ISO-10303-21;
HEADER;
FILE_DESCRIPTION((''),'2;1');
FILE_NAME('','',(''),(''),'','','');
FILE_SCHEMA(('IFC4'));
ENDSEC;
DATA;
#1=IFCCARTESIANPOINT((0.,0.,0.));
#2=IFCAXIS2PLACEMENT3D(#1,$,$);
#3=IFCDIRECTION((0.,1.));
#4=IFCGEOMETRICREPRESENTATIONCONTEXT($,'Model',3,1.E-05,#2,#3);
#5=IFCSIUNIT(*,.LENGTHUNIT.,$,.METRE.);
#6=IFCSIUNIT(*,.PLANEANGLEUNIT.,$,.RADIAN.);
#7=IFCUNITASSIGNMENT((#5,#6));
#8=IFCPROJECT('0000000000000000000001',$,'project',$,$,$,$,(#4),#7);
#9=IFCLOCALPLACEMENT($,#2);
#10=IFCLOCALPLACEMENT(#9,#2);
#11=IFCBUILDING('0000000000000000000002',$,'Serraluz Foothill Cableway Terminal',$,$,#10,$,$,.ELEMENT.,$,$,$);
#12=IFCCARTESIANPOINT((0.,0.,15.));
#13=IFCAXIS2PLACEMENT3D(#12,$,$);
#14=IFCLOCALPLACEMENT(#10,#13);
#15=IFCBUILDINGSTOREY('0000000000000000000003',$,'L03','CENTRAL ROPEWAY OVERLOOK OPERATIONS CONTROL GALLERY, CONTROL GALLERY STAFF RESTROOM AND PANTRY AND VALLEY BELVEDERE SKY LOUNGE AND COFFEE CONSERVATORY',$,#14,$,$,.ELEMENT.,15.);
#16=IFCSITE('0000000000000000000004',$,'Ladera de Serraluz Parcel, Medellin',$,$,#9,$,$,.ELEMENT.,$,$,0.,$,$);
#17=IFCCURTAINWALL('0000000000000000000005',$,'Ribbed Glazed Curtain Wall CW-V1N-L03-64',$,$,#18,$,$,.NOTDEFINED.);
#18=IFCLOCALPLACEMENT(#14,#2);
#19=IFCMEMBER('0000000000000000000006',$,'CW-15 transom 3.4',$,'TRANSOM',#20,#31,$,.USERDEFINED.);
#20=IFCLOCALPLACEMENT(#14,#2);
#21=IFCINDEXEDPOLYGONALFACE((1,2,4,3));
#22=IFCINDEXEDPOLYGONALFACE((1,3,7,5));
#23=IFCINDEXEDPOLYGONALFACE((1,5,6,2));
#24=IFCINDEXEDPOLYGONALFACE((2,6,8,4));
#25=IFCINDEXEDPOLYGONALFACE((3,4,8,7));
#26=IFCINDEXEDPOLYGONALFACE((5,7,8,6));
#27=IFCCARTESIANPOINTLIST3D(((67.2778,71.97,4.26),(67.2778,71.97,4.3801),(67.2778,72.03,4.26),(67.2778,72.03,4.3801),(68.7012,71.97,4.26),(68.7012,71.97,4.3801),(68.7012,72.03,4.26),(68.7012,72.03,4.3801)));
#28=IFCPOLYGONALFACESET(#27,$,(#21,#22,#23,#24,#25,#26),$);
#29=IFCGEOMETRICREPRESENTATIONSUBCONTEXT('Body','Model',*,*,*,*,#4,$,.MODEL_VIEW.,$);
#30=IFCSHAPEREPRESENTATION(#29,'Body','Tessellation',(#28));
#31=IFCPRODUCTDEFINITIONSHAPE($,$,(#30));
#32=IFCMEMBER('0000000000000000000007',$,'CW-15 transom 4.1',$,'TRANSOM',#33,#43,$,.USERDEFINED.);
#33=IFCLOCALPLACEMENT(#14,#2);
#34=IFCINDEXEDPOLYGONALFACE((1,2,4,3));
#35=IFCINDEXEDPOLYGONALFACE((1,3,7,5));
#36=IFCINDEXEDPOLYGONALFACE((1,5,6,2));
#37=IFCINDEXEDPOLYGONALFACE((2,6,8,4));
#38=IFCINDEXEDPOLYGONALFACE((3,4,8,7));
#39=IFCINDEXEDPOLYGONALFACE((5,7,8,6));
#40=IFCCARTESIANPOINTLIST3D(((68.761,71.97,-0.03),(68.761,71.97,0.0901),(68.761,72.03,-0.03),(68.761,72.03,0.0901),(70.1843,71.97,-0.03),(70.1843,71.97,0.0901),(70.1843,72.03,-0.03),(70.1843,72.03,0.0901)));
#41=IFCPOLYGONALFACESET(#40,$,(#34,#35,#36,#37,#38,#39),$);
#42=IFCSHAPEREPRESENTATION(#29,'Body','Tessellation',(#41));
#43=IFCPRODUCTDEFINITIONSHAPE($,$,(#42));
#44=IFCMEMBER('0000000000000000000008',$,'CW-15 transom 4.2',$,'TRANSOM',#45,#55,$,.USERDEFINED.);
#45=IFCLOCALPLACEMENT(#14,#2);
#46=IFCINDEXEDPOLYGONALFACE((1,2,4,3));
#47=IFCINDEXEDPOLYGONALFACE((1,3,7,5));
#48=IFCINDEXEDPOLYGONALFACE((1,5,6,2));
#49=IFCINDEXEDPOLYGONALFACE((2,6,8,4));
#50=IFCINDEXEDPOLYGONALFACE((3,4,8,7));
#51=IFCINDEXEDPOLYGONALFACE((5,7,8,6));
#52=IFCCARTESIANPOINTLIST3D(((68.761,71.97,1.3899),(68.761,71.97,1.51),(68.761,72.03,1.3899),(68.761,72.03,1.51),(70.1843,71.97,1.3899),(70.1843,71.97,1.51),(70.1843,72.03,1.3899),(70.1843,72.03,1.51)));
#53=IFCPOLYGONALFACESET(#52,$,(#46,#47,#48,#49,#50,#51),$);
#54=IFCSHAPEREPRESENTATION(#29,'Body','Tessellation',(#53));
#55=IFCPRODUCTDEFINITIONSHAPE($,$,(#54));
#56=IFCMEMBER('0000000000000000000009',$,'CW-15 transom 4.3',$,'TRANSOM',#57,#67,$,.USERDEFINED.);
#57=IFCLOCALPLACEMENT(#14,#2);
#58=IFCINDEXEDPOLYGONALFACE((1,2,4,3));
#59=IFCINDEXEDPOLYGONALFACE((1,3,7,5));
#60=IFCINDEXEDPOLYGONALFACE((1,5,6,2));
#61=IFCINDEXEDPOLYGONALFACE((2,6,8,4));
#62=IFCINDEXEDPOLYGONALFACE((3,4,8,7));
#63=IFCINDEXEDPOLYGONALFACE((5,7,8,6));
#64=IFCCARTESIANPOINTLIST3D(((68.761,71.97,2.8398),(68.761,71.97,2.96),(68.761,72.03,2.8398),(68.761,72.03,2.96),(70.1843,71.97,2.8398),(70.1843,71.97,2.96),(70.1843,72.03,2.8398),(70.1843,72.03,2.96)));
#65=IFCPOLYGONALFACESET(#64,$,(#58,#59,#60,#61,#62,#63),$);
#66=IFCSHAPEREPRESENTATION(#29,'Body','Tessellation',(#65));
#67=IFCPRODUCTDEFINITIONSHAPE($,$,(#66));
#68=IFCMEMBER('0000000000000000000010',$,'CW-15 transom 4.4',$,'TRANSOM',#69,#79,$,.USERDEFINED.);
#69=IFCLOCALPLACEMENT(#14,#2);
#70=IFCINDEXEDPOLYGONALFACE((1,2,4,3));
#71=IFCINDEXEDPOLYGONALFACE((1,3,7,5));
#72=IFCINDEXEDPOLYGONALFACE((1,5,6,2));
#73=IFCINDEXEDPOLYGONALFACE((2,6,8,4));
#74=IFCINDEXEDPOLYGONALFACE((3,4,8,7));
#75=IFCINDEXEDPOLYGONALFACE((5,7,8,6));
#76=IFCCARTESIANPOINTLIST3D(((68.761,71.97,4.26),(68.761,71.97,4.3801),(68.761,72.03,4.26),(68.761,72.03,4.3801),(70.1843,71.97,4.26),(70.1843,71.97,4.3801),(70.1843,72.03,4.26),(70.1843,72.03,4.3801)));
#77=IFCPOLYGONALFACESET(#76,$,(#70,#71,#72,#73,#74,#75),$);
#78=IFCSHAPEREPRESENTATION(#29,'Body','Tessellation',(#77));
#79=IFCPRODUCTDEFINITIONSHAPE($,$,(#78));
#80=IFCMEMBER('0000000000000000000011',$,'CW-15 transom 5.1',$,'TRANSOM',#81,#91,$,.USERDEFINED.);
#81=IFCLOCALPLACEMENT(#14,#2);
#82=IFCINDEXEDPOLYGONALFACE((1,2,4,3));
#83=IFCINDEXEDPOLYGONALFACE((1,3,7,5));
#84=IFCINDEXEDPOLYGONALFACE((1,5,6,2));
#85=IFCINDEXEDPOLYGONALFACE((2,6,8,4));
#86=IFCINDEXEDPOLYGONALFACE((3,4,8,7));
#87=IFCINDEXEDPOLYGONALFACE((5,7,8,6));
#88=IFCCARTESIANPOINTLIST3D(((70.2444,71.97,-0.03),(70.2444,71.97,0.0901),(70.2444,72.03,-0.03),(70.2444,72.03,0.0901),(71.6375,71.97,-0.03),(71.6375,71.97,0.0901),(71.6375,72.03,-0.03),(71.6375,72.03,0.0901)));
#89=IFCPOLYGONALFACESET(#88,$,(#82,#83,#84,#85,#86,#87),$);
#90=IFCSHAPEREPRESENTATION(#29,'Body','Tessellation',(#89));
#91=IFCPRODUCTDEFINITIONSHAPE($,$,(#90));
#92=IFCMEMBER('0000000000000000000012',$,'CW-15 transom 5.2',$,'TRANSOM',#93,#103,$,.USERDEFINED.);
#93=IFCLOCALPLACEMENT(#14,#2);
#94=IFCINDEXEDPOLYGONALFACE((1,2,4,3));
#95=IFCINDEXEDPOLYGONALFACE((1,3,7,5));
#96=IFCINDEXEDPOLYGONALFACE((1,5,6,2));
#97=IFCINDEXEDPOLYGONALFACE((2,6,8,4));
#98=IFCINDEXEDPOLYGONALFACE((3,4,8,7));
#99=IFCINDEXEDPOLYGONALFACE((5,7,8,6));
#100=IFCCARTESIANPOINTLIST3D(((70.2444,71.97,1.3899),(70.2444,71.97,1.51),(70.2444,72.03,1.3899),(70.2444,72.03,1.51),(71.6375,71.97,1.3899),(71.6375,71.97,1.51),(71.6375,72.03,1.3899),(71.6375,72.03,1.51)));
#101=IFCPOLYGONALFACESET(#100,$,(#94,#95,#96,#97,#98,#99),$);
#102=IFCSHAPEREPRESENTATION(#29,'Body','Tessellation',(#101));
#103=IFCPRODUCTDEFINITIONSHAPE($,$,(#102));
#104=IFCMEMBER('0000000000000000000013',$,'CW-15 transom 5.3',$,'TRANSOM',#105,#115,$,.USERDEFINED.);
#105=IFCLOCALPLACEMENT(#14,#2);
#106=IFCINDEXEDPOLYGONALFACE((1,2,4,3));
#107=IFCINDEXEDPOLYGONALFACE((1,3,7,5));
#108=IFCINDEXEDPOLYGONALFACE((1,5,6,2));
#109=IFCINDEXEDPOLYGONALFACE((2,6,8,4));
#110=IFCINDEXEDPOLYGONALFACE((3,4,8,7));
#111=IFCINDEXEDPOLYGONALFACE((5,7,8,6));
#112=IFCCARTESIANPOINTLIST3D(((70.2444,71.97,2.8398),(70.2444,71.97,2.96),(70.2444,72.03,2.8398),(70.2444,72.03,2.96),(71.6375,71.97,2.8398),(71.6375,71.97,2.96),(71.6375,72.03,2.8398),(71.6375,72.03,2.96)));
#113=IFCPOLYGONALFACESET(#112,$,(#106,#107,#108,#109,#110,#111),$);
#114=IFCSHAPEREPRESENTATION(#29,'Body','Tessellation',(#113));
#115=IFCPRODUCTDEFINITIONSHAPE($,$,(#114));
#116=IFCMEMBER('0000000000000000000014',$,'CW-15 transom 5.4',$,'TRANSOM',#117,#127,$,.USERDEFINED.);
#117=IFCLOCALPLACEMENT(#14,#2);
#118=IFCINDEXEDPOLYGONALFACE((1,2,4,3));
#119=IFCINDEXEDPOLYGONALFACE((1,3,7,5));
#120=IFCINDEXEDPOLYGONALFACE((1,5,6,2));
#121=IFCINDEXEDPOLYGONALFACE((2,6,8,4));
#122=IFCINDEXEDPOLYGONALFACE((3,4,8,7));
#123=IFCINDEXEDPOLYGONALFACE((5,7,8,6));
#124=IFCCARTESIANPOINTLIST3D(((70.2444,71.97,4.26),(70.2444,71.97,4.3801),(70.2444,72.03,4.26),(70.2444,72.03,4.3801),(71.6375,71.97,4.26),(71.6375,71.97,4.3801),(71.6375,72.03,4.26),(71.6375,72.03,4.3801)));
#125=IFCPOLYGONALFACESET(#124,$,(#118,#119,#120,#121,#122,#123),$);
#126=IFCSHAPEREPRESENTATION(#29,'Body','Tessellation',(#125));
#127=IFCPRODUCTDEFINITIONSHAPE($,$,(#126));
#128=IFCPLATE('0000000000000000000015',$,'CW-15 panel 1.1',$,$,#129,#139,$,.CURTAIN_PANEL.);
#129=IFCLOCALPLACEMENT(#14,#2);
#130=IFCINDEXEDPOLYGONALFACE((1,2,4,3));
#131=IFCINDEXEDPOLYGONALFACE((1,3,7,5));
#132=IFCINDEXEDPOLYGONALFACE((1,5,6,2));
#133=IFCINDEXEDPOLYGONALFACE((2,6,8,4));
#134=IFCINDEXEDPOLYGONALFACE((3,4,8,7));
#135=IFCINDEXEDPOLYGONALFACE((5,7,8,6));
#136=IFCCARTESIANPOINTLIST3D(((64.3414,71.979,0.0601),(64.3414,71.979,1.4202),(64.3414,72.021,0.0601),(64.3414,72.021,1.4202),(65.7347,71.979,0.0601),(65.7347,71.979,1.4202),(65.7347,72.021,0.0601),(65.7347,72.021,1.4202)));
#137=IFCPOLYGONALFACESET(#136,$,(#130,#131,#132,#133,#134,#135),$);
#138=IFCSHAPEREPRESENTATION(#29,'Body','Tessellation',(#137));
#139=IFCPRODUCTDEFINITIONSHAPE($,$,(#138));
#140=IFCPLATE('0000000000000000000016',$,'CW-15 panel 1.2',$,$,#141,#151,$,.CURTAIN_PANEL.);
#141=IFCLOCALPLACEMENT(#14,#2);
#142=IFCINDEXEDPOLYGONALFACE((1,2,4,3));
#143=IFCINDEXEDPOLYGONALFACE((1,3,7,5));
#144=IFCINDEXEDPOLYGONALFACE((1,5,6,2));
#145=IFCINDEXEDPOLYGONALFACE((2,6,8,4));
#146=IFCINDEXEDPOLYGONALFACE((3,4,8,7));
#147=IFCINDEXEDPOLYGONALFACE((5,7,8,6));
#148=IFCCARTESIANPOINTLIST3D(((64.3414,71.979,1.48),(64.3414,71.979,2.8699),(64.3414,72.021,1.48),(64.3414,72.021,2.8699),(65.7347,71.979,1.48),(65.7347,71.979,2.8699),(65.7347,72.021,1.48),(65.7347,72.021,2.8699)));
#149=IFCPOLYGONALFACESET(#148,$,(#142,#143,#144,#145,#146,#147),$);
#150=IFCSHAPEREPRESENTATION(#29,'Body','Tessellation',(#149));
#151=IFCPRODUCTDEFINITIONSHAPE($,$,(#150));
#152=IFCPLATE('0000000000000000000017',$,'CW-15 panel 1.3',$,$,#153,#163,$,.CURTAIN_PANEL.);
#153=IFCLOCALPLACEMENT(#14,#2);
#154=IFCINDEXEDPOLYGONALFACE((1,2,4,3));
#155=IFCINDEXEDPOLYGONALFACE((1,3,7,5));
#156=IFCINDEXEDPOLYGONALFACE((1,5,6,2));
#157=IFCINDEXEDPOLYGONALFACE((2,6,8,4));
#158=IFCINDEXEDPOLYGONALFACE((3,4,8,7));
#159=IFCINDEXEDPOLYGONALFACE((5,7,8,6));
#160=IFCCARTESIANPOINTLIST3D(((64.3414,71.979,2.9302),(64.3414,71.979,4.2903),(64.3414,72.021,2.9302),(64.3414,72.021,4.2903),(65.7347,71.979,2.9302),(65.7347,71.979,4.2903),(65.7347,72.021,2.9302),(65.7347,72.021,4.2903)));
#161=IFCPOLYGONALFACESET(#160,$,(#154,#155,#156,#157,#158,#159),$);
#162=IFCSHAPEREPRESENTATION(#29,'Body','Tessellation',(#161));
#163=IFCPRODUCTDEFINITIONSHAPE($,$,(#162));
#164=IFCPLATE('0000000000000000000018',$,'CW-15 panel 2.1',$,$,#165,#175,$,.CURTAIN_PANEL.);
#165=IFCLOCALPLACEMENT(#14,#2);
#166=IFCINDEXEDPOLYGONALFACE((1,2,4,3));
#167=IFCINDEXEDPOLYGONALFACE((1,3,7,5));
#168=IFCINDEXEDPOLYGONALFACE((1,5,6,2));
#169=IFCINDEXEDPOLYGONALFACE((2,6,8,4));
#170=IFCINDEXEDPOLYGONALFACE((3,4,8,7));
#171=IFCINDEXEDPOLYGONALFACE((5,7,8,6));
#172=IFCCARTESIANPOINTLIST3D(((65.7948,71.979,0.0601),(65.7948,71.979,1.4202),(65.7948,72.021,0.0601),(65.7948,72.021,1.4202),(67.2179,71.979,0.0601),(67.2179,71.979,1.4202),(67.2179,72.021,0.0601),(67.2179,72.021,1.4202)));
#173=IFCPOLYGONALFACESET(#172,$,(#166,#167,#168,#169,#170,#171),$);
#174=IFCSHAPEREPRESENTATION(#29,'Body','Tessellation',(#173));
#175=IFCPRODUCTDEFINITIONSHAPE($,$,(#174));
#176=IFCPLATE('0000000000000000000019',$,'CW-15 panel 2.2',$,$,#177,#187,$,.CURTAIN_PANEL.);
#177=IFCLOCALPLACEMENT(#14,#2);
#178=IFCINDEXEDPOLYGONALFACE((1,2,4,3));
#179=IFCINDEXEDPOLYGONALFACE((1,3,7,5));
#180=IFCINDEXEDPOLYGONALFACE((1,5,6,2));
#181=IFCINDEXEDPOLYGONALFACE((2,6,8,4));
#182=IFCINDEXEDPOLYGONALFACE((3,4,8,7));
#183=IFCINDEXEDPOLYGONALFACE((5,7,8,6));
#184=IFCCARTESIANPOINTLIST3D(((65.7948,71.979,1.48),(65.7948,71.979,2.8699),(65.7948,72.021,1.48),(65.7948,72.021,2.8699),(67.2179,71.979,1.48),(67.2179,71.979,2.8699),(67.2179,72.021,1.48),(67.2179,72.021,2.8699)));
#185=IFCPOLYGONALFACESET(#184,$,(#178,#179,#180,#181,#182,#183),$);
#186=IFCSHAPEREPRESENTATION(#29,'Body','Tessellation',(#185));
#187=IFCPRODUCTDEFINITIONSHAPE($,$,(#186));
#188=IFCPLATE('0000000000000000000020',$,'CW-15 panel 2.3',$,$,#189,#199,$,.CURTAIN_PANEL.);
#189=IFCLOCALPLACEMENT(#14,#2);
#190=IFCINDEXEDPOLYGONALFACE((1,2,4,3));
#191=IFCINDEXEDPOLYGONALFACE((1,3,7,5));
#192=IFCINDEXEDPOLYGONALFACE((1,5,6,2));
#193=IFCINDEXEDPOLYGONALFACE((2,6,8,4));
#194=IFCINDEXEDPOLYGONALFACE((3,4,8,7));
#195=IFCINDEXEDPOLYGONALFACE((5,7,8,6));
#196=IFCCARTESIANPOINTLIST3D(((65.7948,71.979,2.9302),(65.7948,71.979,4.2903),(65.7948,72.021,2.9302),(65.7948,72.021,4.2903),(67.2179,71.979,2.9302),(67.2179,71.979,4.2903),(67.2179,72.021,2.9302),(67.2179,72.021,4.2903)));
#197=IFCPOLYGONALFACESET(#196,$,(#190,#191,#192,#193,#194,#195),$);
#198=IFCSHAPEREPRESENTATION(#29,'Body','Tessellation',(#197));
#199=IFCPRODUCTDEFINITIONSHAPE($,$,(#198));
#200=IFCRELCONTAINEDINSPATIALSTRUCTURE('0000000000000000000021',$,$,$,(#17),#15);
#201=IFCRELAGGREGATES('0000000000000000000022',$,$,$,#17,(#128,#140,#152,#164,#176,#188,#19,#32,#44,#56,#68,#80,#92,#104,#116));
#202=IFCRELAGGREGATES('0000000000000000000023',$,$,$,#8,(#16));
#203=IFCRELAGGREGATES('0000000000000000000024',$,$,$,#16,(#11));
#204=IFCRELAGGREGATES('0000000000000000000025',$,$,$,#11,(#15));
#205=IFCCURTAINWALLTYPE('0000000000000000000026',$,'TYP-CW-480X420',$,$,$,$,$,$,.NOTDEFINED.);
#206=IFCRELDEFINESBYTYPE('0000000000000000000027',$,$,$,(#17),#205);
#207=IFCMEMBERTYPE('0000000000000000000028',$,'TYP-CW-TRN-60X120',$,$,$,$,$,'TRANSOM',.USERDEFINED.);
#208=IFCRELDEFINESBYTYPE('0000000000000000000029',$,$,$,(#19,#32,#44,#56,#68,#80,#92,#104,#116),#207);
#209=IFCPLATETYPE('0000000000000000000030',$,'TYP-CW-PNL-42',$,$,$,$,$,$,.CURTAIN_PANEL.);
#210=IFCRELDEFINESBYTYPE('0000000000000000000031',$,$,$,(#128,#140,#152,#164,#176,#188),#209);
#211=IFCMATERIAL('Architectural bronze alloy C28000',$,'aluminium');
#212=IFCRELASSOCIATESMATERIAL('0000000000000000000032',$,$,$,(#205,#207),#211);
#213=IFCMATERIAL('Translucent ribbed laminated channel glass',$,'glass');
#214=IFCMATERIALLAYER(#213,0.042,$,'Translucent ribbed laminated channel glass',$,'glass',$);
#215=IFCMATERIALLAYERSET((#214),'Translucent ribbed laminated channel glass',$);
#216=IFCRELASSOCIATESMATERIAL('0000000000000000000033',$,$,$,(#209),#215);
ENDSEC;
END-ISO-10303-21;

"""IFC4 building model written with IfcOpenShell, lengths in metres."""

from ifc_helpers import new_model, si_unit, direction, frame, origin, origin_2d, place, context, subcontext, project, spatial, rectangle, extrude, material, layer, layer_set, material_profile, profile_set, type_object, element, aggregate, save


model = new_model("IFC4")

# Units and contexts
model_context = context("Model", 3, precision=1e-05, world=origin(), true_north=direction((0.0, 1.0)))
body_context = subcontext(model_context, "Body", "Model", "MODEL_VIEW")
ifc_project = project(units=[si_unit("LENGTHUNIT", "METRE"), si_unit("PLANEANGLEUNIT", "RADIAN")], contexts=[model_context])

# Site, building, storey
site_placement = place(None, origin())
site = spatial("IfcSite", under=ifc_project, at=site_placement, Name="Ladera de Serraluz Parcel, Medellin", CompositionType="ELEMENT", RefElevation=0.0)
building_placement = place(site_placement, origin())
building = spatial("IfcBuilding", under=site, at=building_placement, Name="Serraluz Foothill Cableway Terminal", CompositionType="ELEMENT")
storey_placement = place(building_placement, frame((0.0, 0.0, 15.0)))
storey = spatial("IfcBuildingStorey", under=building, at=storey_placement, Name="L03", Description="CENTRAL ROPEWAY OVERLOOK OPERATIONS CONTROL GALLERY, CONTROL GALLERY STAFF RESTROOM AND PANTRY AND VALLEY BELVEDERE SKY LOUNGE AND COFFEE CONSERVATORY", CompositionType="ELEMENT", Elevation=15.0)

# Curtain wall, members, plates
ifc_material_1 = material(Name="Architectural bronze alloy C28000", Category="aluminium")
curtain_wall_type = type_object("IfcCurtainWallType", Name="TYP-CW-480X420", PredefinedType="NOTDEFINED", material=ifc_material_1)
curtain_wall_placement = place(storey_placement, origin())
curtain_wall = element("IfcCurtainWall", 1, at=curtain_wall_placement, inside=storey, type_object=curtain_wall_type, Name="Ribbed Glazed Curtain Wall CW-V1N-L03-64", PredefinedType="NOTDEFINED")
ifc_material_profile_1 = material_profile(ifc_material_1, rectangle(XDim=0.0601, YDim=0.1201, at=origin_2d()), Name="ALU TRANSOM 60x120")
ifc_profile_set_1 = profile_set([ifc_material_profile_1], Name="Architectural bronze alloy C28000")
member_type_1 = type_object("IfcMemberType", Name="TYP-CW-TRN-60X120", ElementType="TRANSOM", PredefinedType="USERDEFINED", material=ifc_profile_set_1)
member_1_placement = place(storey_placement, frame((67.2778, 72.0, 4.3201), z_axis=(1.0, 0.0, 0.0), x_axis=(0.0, 1.0, 0.0)))
member_1 = element("IfcMember", 2, at=member_1_placement, type_object=member_type_1, Name="CW-15 transom 3.4", ObjectType="TRANSOM", PredefinedType="USERDEFINED", context=body_context, shape_type="SweptSolid", body=[
    extrude(rectangle(XDim=0.0601, YDim=0.1201, at=origin_2d()), origin(), (0.0, 0.0, 1.0), 1.4233),
])
member_2_placement = place(storey_placement, frame((68.761, 72.0, 0.03), z_axis=(1.0, 0.0, 0.0), x_axis=(0.0, 1.0, 0.0)))
member_2 = element("IfcMember", 3, at=member_2_placement, type_object=member_type_1, Name="CW-15 transom 4.1", ObjectType="TRANSOM", PredefinedType="USERDEFINED", context=body_context, shape_type="SweptSolid", body=[
    extrude(rectangle(XDim=0.0601, YDim=0.1201, at=origin_2d()), origin(), (0.0, 0.0, 1.0), 1.4233),
])
member_3_placement = place(storey_placement, frame((68.761, 72.0, 1.45), z_axis=(1.0, 0.0, 0.0), x_axis=(0.0, 1.0, 0.0)))
member_3 = element("IfcMember", 4, at=member_3_placement, type_object=member_type_1, Name="CW-15 transom 4.2", ObjectType="TRANSOM", PredefinedType="USERDEFINED", context=body_context, shape_type="SweptSolid", body=[
    extrude(rectangle(XDim=0.0601, YDim=0.1201, at=origin_2d()), origin(), (0.0, 0.0, 1.0), 1.4233),
])
member_4_placement = place(storey_placement, frame((68.761, 72.0, 2.8999), z_axis=(1.0, 0.0, 0.0), x_axis=(0.0, 1.0, 0.0)))
member_4 = element("IfcMember", 5, at=member_4_placement, type_object=member_type_1, Name="CW-15 transom 4.3", ObjectType="TRANSOM", PredefinedType="USERDEFINED", context=body_context, shape_type="SweptSolid", body=[
    extrude(rectangle(XDim=0.0601, YDim=0.1201, at=origin_2d()), origin(), (0.0, 0.0, 1.0), 1.4233),
])
member_5_placement = place(storey_placement, frame((68.761, 72.0, 4.3201), z_axis=(1.0, 0.0, 0.0), x_axis=(0.0, 1.0, 0.0)))
member_5 = element("IfcMember", 6, at=member_5_placement, type_object=member_type_1, Name="CW-15 transom 4.4", ObjectType="TRANSOM", PredefinedType="USERDEFINED", context=body_context, shape_type="SweptSolid", body=[
    extrude(rectangle(XDim=0.0601, YDim=0.1201, at=origin_2d()), origin(), (0.0, 0.0, 1.0), 1.4233),
])
member_6_placement = place(storey_placement, frame((70.2444, 72.0, 0.03), z_axis=(1.0, 0.0, 0.0), x_axis=(0.0, 1.0, 0.0)))
member_6 = element("IfcMember", 7, at=member_6_placement, type_object=member_type_1, Name="CW-15 transom 5.1", ObjectType="TRANSOM", PredefinedType="USERDEFINED", context=body_context, shape_type="SweptSolid", body=[
    extrude(rectangle(XDim=0.0601, YDim=0.1201, at=origin_2d()), origin(), (0.0, 0.0, 1.0), 1.3931),
])
member_7_placement = place(storey_placement, frame((70.2444, 72.0, 1.45), z_axis=(1.0, 0.0, 0.0), x_axis=(0.0, 1.0, 0.0)))
member_7 = element("IfcMember", 8, at=member_7_placement, type_object=member_type_1, Name="CW-15 transom 5.2", ObjectType="TRANSOM", PredefinedType="USERDEFINED", context=body_context, shape_type="SweptSolid", body=[
    extrude(rectangle(XDim=0.0601, YDim=0.1201, at=origin_2d()), origin(), (0.0, 0.0, 1.0), 1.3931),
])
member_8_placement = place(storey_placement, frame((70.2444, 72.0, 2.8999), z_axis=(1.0, 0.0, 0.0), x_axis=(0.0, 1.0, 0.0)))
member_8 = element("IfcMember", 9, at=member_8_placement, type_object=member_type_1, Name="CW-15 transom 5.3", ObjectType="TRANSOM", PredefinedType="USERDEFINED", context=body_context, shape_type="SweptSolid", body=[
    extrude(rectangle(XDim=0.0601, YDim=0.1201, at=origin_2d()), origin(), (0.0, 0.0, 1.0), 1.3931),
])
member_9_placement = place(storey_placement, frame((70.2444, 72.0, 4.3201), z_axis=(1.0, 0.0, 0.0), x_axis=(0.0, 1.0, 0.0)))
member_9 = element("IfcMember", 10, at=member_9_placement, type_object=member_type_1, Name="CW-15 transom 5.4", ObjectType="TRANSOM", PredefinedType="USERDEFINED", context=body_context, shape_type="SweptSolid", body=[
    extrude(rectangle(XDim=0.0601, YDim=0.1201, at=origin_2d()), origin(), (0.0, 0.0, 1.0), 1.3931),
])
ifc_material_2 = material(Name="Translucent ribbed laminated channel glass", Category="glass")
ifc_layer = layer(ifc_material_2, 0.042, Name="Translucent ribbed laminated channel glass", Category="glass")
ifc_layer_set = layer_set([ifc_layer], Name="Translucent ribbed laminated channel glass")
plate_type = type_object("IfcPlateType", Name="TYP-CW-PNL-42", PredefinedType="CURTAIN_PANEL", material=ifc_layer_set)
plate_1_placement = place(storey_placement, frame((65.0381, 72.0, 0.0601), z_axis=(0.0, 0.0, 1.0), x_axis=(1.0, 0.0, 0.0)))
plate_1 = element("IfcPlate", 11, at=plate_1_placement, type_object=plate_type, Name="CW-15 panel 1.1", PredefinedType="CURTAIN_PANEL", context=body_context, shape_type="SweptSolid", body=[
    extrude(rectangle(XDim=1.3933, YDim=0.042, at=origin_2d()), origin(), (0.0, 0.0, 1.0), 1.3601),
])
plate_2_placement = place(storey_placement, frame((65.0381, 72.0, 1.48), z_axis=(0.0, 0.0, 1.0), x_axis=(1.0, 0.0, 0.0)))
plate_2 = element("IfcPlate", 12, at=plate_2_placement, type_object=plate_type, Name="CW-15 panel 1.2", PredefinedType="CURTAIN_PANEL", context=body_context, shape_type="SweptSolid", body=[
    extrude(rectangle(XDim=1.3933, YDim=0.042, at=origin_2d()), origin(), (0.0, 0.0, 1.0), 1.3899),
])
plate_3_placement = place(storey_placement, frame((65.0381, 72.0, 2.9302), z_axis=(0.0, 0.0, 1.0), x_axis=(1.0, 0.0, 0.0)))
plate_3 = element("IfcPlate", 13, at=plate_3_placement, type_object=plate_type, Name="CW-15 panel 1.3", PredefinedType="CURTAIN_PANEL", context=body_context, shape_type="SweptSolid", body=[
    extrude(rectangle(XDim=1.3933, YDim=0.042, at=origin_2d()), origin(), (0.0, 0.0, 1.0), 1.3601),
])
plate_4_placement = place(storey_placement, frame((66.5063, 72.0, 0.0601), z_axis=(0.0, 0.0, 1.0), x_axis=(1.0, 0.0, 0.0)))
plate_4 = element("IfcPlate", 14, at=plate_4_placement, type_object=plate_type, Name="CW-15 panel 2.1", PredefinedType="CURTAIN_PANEL", context=body_context, shape_type="SweptSolid", body=[
    extrude(rectangle(XDim=1.4231, YDim=0.042, at=origin_2d()), origin(), (0.0, 0.0, 1.0), 1.3601),
])
plate_5_placement = place(storey_placement, frame((66.5063, 72.0, 1.48), z_axis=(0.0, 0.0, 1.0), x_axis=(1.0, 0.0, 0.0)))
plate_5 = element("IfcPlate", 15, at=plate_5_placement, type_object=plate_type, Name="CW-15 panel 2.2", PredefinedType="CURTAIN_PANEL", context=body_context, shape_type="SweptSolid", body=[
    extrude(rectangle(XDim=1.4231, YDim=0.042, at=origin_2d()), origin(), (0.0, 0.0, 1.0), 1.3899),
])
plate_6_placement = place(storey_placement, frame((66.5063, 72.0, 2.9302), z_axis=(0.0, 0.0, 1.0), x_axis=(1.0, 0.0, 0.0)))
plate_6 = element("IfcPlate", 16, at=plate_6_placement, type_object=plate_type, Name="CW-15 panel 2.3", PredefinedType="CURTAIN_PANEL", context=body_context, shape_type="SweptSolid", body=[
    extrude(rectangle(XDim=1.4231, YDim=0.042, at=origin_2d()), origin(), (0.0, 0.0, 1.0), 1.3601),
])
aggregate(curtain_wall, [plate_1, plate_2, plate_3, plate_4, plate_5, plate_6, member_1, member_2, member_3, member_4, member_5, member_6, member_7, member_8, member_9])

save(model, "model.ifc")
